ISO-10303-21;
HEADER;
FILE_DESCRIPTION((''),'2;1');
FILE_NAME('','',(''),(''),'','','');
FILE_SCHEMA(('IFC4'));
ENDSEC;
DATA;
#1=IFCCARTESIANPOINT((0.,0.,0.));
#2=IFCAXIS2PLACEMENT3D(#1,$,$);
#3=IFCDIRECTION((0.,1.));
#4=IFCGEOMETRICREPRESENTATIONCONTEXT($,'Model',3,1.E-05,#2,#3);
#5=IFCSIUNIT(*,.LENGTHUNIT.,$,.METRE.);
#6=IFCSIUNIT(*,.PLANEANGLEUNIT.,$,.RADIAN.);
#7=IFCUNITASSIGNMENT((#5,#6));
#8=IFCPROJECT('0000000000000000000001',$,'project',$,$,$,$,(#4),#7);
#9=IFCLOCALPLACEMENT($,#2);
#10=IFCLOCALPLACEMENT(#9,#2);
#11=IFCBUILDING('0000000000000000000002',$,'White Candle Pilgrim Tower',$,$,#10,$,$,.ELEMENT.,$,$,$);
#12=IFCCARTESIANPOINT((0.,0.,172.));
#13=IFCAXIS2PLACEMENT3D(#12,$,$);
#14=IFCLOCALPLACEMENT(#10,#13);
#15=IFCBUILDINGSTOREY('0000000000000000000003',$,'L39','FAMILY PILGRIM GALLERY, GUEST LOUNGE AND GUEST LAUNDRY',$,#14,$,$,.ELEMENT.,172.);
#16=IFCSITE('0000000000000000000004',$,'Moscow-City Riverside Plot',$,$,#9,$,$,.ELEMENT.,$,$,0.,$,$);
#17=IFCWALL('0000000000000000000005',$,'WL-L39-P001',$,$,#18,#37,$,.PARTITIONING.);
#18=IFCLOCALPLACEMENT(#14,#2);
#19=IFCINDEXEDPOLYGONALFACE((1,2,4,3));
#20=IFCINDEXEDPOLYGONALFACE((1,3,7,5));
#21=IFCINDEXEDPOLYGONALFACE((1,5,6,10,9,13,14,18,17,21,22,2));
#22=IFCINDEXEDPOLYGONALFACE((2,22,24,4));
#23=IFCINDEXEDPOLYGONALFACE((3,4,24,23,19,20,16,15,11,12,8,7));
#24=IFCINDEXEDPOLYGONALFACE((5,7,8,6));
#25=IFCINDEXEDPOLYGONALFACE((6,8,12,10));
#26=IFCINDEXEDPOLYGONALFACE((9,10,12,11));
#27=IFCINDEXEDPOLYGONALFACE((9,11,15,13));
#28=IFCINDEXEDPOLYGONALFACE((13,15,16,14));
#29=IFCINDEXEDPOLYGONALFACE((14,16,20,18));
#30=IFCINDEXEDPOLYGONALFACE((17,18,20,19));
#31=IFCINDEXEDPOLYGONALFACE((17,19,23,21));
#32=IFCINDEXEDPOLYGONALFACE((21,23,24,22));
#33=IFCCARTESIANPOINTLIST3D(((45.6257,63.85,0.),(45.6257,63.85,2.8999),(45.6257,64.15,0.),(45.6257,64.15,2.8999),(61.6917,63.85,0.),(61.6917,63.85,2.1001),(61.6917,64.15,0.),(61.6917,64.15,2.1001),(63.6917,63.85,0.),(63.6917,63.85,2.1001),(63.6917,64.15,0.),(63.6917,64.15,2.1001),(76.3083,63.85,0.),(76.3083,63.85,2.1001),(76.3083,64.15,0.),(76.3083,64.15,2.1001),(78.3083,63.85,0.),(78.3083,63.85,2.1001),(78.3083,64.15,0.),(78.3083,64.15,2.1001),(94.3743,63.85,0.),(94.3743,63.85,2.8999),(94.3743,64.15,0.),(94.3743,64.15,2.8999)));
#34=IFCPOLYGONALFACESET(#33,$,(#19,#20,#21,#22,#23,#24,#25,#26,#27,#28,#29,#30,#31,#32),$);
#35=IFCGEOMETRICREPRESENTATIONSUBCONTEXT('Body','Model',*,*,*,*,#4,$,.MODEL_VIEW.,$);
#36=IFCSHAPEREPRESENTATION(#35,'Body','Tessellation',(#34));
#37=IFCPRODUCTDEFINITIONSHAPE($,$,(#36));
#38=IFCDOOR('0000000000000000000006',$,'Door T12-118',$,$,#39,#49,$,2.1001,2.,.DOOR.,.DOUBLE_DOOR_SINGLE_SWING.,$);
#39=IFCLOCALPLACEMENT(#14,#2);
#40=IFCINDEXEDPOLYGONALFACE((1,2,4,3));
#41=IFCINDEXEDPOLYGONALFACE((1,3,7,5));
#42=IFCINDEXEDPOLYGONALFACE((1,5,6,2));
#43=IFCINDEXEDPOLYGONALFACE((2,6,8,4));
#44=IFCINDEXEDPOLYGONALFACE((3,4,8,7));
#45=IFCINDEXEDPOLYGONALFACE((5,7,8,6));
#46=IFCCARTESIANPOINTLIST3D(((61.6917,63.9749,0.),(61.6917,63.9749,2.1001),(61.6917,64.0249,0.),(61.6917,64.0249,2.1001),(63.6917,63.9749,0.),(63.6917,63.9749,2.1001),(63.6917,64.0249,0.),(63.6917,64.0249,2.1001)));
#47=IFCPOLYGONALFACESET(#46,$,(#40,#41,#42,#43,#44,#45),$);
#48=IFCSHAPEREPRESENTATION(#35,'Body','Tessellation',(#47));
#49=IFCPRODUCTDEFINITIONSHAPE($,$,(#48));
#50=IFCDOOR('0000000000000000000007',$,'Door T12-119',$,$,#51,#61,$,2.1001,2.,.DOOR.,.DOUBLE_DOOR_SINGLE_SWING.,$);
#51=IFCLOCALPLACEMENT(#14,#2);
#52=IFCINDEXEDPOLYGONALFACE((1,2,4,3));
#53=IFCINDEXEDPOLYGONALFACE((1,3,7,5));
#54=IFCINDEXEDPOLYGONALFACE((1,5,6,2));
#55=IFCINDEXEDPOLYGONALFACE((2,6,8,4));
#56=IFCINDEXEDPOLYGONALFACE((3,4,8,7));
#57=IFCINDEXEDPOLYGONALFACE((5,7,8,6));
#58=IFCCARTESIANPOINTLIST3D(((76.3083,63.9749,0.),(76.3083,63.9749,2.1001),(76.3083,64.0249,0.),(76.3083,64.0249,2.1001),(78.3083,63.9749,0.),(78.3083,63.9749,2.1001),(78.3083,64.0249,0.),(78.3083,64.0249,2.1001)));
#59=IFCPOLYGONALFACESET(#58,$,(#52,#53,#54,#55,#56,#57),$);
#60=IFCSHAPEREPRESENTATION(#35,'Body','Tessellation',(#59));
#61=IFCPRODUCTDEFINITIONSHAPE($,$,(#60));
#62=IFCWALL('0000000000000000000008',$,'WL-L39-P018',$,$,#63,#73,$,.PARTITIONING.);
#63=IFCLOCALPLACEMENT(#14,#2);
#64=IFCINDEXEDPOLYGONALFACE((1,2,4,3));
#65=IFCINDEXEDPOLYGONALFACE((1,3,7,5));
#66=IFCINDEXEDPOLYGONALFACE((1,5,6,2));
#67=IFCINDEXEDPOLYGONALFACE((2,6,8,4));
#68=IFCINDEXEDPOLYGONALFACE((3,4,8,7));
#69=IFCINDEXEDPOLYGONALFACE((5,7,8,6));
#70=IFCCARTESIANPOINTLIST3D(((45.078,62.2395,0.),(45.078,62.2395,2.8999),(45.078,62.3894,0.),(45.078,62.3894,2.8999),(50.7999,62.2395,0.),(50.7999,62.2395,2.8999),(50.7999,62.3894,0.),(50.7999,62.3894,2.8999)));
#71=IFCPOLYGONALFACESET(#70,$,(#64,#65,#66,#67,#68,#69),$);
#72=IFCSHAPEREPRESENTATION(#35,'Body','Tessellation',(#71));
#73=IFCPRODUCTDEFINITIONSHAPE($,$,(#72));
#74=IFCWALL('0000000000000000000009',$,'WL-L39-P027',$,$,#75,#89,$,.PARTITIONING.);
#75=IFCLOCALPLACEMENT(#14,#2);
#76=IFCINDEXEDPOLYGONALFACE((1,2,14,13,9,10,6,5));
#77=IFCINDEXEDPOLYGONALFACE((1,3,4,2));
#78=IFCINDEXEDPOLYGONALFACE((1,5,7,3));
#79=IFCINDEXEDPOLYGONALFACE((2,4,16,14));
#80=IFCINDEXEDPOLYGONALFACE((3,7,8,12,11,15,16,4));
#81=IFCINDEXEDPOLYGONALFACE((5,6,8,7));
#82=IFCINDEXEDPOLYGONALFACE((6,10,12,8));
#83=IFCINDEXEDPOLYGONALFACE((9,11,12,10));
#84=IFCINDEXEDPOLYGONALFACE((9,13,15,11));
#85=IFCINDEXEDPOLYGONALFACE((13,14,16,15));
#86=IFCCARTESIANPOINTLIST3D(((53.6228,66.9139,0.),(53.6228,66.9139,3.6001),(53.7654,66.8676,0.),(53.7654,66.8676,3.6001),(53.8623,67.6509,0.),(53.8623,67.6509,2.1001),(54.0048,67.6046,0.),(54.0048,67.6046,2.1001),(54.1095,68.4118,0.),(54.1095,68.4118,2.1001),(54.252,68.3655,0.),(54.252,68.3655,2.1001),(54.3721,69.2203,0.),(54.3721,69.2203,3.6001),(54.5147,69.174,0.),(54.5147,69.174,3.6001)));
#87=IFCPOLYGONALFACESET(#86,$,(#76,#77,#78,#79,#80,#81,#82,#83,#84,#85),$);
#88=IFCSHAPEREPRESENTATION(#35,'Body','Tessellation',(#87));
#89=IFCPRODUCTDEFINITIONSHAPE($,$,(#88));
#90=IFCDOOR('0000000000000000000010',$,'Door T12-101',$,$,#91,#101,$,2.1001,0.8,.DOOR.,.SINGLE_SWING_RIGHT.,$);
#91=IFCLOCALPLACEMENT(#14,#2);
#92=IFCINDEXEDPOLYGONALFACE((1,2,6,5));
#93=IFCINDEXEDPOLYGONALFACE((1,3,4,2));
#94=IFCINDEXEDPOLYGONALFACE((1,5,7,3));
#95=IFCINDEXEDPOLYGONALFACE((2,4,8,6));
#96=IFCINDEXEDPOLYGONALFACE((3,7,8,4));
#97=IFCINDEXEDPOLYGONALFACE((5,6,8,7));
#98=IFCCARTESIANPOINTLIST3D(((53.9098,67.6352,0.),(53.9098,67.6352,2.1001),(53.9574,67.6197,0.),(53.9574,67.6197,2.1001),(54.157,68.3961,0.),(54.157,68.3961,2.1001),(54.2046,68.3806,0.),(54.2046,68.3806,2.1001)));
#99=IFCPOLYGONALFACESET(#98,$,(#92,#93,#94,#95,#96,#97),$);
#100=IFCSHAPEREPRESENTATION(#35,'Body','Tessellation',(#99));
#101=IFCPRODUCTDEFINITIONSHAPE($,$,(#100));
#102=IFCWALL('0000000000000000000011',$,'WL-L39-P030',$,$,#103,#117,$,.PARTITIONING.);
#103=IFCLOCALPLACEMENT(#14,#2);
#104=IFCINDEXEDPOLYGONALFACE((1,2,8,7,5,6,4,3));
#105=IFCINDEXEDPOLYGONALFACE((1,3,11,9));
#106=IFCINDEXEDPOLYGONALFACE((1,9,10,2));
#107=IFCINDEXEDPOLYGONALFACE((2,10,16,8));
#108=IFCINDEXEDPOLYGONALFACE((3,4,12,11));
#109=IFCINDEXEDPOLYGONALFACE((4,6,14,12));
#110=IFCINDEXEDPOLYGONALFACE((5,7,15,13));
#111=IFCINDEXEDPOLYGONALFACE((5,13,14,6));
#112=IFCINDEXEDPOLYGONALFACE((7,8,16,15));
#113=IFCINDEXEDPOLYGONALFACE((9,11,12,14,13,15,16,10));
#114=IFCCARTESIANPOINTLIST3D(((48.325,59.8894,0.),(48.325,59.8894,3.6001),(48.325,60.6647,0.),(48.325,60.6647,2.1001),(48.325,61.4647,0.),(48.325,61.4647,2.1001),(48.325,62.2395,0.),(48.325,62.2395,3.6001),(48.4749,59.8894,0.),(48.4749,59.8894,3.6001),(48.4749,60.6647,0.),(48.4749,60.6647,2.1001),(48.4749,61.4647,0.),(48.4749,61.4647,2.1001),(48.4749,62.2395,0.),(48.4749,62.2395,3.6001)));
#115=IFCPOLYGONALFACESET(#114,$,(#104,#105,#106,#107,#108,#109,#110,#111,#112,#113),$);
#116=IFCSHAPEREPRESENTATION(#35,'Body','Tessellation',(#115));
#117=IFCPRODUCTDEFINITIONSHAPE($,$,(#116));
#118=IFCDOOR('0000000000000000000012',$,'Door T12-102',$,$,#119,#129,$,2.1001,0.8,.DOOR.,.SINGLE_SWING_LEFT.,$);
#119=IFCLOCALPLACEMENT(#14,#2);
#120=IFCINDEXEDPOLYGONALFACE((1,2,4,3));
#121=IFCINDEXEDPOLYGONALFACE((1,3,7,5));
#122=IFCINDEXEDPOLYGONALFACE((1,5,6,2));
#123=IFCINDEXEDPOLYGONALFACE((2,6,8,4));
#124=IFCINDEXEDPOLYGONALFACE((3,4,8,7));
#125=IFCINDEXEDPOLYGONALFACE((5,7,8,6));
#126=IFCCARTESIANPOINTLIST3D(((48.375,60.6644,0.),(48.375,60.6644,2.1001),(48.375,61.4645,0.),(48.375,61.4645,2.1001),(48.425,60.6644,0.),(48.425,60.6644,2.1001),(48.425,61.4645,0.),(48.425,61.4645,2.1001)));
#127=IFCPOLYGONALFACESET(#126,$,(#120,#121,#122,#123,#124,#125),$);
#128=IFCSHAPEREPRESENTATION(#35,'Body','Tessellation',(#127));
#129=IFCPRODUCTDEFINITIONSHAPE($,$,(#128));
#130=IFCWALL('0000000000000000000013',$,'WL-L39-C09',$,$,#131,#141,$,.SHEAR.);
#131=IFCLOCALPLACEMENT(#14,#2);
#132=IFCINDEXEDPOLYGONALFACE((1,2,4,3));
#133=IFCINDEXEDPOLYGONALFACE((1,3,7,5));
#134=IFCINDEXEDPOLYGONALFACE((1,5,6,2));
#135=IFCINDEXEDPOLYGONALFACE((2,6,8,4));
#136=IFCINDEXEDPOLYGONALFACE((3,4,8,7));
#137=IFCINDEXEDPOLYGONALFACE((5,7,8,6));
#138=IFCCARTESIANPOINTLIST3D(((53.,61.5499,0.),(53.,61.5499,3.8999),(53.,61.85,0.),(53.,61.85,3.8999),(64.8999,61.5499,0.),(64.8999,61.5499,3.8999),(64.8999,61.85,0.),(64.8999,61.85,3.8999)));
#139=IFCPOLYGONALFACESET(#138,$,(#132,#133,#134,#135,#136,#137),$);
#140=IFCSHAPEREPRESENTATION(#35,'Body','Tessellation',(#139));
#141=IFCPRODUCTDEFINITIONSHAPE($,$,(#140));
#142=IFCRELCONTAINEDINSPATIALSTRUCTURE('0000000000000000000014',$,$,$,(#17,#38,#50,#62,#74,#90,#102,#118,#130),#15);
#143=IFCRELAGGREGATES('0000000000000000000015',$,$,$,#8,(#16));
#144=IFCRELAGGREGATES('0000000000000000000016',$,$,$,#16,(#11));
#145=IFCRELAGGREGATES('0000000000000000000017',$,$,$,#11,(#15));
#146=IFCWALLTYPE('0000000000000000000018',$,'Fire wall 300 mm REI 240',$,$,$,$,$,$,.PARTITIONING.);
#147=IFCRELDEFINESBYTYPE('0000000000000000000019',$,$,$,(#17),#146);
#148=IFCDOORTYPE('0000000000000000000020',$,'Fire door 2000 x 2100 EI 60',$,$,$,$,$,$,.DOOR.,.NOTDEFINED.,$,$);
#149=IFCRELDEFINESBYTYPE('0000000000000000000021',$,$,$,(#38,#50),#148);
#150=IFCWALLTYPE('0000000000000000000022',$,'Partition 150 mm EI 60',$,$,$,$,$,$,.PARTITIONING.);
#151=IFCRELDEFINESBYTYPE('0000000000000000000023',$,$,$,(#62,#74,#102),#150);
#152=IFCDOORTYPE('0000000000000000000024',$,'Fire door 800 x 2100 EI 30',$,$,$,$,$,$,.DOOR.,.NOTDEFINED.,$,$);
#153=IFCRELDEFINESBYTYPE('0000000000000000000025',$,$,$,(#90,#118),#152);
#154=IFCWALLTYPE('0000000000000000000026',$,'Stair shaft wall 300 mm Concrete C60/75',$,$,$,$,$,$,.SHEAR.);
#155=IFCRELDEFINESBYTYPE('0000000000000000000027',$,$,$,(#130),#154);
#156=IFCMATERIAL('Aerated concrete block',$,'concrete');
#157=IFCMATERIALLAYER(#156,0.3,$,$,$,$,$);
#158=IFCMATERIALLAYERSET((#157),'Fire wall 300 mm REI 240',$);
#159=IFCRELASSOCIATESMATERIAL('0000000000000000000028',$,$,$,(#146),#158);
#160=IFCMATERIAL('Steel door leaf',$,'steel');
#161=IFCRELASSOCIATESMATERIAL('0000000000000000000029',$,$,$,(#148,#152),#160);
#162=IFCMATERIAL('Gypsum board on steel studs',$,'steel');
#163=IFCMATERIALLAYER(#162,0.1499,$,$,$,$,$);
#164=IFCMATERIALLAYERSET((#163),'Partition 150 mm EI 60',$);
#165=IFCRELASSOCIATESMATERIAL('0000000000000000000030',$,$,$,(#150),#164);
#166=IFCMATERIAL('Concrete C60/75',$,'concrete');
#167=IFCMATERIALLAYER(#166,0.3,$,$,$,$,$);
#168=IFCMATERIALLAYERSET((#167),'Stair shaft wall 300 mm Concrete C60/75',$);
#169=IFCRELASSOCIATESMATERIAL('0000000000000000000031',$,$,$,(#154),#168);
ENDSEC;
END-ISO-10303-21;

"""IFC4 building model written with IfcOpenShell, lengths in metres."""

from ifc_helpers import new_model, si_unit, direction, frame, frame_2d, origin, place, context, subcontext, project, spatial, rectangle, extrude, material, layer, layer_set, type_object, element, fill, save


model = new_model("IFC4")

# Units and contexts
model_context = context("Model", 3, precision=1e-05, world=origin(), true_north=direction((0.0, 1.0)))
body_context = subcontext(model_context, "Body", "Model", "MODEL_VIEW")
ifc_project = project(units=[si_unit("LENGTHUNIT", "METRE"), si_unit("PLANEANGLEUNIT", "RADIAN")], contexts=[model_context])

# Site, building, storey
site_placement = place(None, origin())
site = spatial("IfcSite", under=ifc_project, at=site_placement, Name="Moscow-City Riverside Plot", CompositionType="ELEMENT", RefElevation=0.0)
building_placement = place(site_placement, origin())
building = spatial("IfcBuilding", under=site, at=building_placement, Name="White Candle Pilgrim Tower", CompositionType="ELEMENT")
storey_placement = place(building_placement, frame((0.0, 0.0, 172.0)))
storey = spatial("IfcBuildingStorey", under=building, at=storey_placement, Name="L39", Description="FAMILY PILGRIM GALLERY, GUEST LOUNGE AND GUEST LAUNDRY", CompositionType="ELEMENT", Elevation=172.0)

# Shared definitions
ifc_material_1 = material(Name="Gypsum board on steel studs", Category="steel")
ifc_material_2 = material(Name="Steel door leaf", Category="steel")

# Wall, openings, doors
ifc_material_3 = material(Name="Aerated concrete block", Category="concrete")
ifc_layer_1 = layer(ifc_material_3, 0.3)
ifc_layer_set_1 = layer_set([ifc_layer_1], Name="Fire wall 300 mm REI 240")
wall_type_1 = type_object("IfcWallType", Name="Fire wall 300 mm REI 240", PredefinedType="PARTITIONING", material=ifc_layer_set_1)
wall_1_placement = place(storey_placement, frame((45.6257, 64.0, 0.0), z_axis=(0.0, 0.0, 1.0), x_axis=(1.0, 0.0, 0.0)))
wall_1 = element("IfcWall", 1, at=wall_1_placement, inside=storey, type_object=wall_type_1, Name="WL-L39-P001", PredefinedType="PARTITIONING", context=body_context, shape_type="SweptSolid", body=[
    extrude(rectangle(XDim=48.7485, YDim=0.3, at=frame_2d((24.3743, 0.0))), origin(), (0.0, 0.0, 1.0), 2.8999),
])
opening_1_placement = place(wall_1_placement, frame((16.0659, 0.0, 0.0)))
opening_1 = element("IfcOpeningElement", 2, at=opening_1_placement, cuts=wall_1, PredefinedType="OPENING", context=body_context, shape_type="SweptSolid", body=[
    extrude(rectangle(XDim=2.0, YDim=2.1001, at=frame_2d((1.0, 1.05))), frame((0.0, 0.1599, 0.0), z_axis=(0.0, -1.0, 0.0), x_axis=(1.0, 0.0, 0.0)), (0.0, 0.0, 1.0), 0.3201),
])
opening_2_placement = place(wall_1_placement, frame((30.6826, 0.0, 0.0)))
opening_2 = element("IfcOpeningElement", 3, at=opening_2_placement, cuts=wall_1, PredefinedType="OPENING", context=body_context, shape_type="SweptSolid", body=[
    extrude(rectangle(XDim=2.0, YDim=2.1001, at=frame_2d((1.0, 1.05))), frame((0.0, 0.1599, 0.0), z_axis=(0.0, -1.0, 0.0), x_axis=(1.0, 0.0, 0.0)), (0.0, 0.0, 1.0), 0.3201),
])
door_type_1 = type_object("IfcDoorType", Name="Fire door 2000 x 2100 EI 60", OperationType="NOTDEFINED", PredefinedType="DOOR", material=ifc_material_2)
door_1_placement = place(opening_1_placement, origin())
door_1 = element("IfcDoor", 4, at=door_1_placement, inside=storey, type_object=door_type_1, Name="Door T12-118", OperationType="DOUBLE_DOOR_SINGLE_SWING", OverallHeight=2.1001, OverallWidth=2.0, PredefinedType="DOOR", context=body_context, shape_type="SweptSolid", body=[
    extrude(rectangle(XDim=2.0, YDim=2.1001, at=frame_2d((1.0, 1.05))), frame((0.0, 0.0249, 0.0), z_axis=(0.0, -1.0, 0.0), x_axis=(1.0, 0.0, 0.0)), (0.0, 0.0, 1.0), 0.05),
])
fill(opening_1, door_1)
door_2_placement = place(opening_2_placement, origin())
door_2 = element("IfcDoor", 5, at=door_2_placement, inside=storey, type_object=door_type_1, Name="Door T12-119", OperationType="DOUBLE_DOOR_SINGLE_SWING", OverallHeight=2.1001, OverallWidth=2.0, PredefinedType="DOOR", context=body_context, shape_type="SweptSolid", body=[
    extrude(rectangle(XDim=2.0, YDim=2.1001, at=frame_2d((1.0, 1.05))), frame((0.0, 0.0249, 0.0), z_axis=(0.0, -1.0, 0.0), x_axis=(1.0, 0.0, 0.0)), (0.0, 0.0, 1.0), 0.05),
])
fill(opening_2, door_2)

# Wall
ifc_layer_2 = layer(ifc_material_1, 0.1499)
ifc_layer_set_2 = layer_set([ifc_layer_2], Name="Partition 150 mm EI 60")
wall_type_2 = type_object("IfcWallType", Name="Partition 150 mm EI 60", PredefinedType="PARTITIONING", material=ifc_layer_set_2)
wall_2_placement = place(storey_placement, frame((45.0781, 62.3145, 0.0), z_axis=(0.0, 0.0, 1.0), x_axis=(1.0, 0.0, 0.0)))
element("IfcWall", 6, at=wall_2_placement, inside=storey, type_object=wall_type_2, Name="WL-L39-P018", PredefinedType="PARTITIONING", context=body_context, shape_type="SweptSolid", body=[
    extrude(rectangle(XDim=5.7219, YDim=0.1499, at=frame_2d((2.8608, 0.0))), origin(), (0.0, 0.0, 1.0), 2.8999),
])

# Walls, openings, doors
wall_3_placement = place(storey_placement, frame((54.4434, 69.197, 0.0), z_axis=(0.0, 0.0, 1.0), x_axis=(-0.30897, -0.951072, 0.0)))
wall_3 = element("IfcWall", 7, at=wall_3_placement, inside=storey, type_object=wall_type_2, Name="WL-L39-P027", PredefinedType="PARTITIONING", context=body_context, shape_type="SweptSolid", body=[
    extrude(rectangle(XDim=2.425, YDim=0.1499, at=frame_2d((1.2124, 0.0))), origin(), (0.0, 0.0, 1.0), 3.6001),
])
opening_3_placement = place(wall_3_placement, frame((0.8501, 0.0, 0.0)))
opening_3 = element("IfcOpeningElement", 8, at=opening_3_placement, cuts=wall_3, PredefinedType="OPENING", context=body_context, shape_type="SweptSolid", body=[
    extrude(rectangle(XDim=0.8, YDim=2.1001, at=frame_2d((0.3999, 1.05))), frame((0.0, 0.085, 0.0), z_axis=(0.0, -1.0, 0.0), x_axis=(1.0, 0.0, 0.0)), (0.0, 0.0, 1.0), 0.1699),
])
door_type_2 = type_object("IfcDoorType", Name="Fire door 800 x 2100 EI 30", OperationType="NOTDEFINED", PredefinedType="DOOR", material=ifc_material_2)
door_3_placement = place(opening_3_placement, frame((0.8, 0.0, 0.0), z_axis=(0.0, 0.0, 1.0), x_axis=(-1.0, 0.0, 0.0)))
door_3 = element("IfcDoor", 9, at=door_3_placement, inside=storey, type_object=door_type_2, Name="Door T12-101", OperationType="SINGLE_SWING_RIGHT", OverallHeight=2.1001, OverallWidth=0.8, PredefinedType="DOOR", context=body_context, shape_type="SweptSolid", body=[
    extrude(rectangle(XDim=0.8, YDim=2.1001, at=frame_2d((0.3999, 1.05))), frame((0.0, 0.0249, 0.0), z_axis=(0.0, -1.0, 0.0), x_axis=(1.0, 0.0, 0.0)), (0.0, 0.0, 1.0), 0.05),
])
fill(opening_3, door_3)
wall_4_placement = place(storey_placement, frame((48.3999, 62.2395, 0.0), z_axis=(0.0, 0.0, 1.0), x_axis=(0.0, -1.0, 0.0)))
wall_4 = element("IfcWall", 10, at=wall_4_placement, inside=storey, type_object=wall_type_2, Name="WL-L39-P030", PredefinedType="PARTITIONING", context=body_context, shape_type="SweptSolid", body=[
    extrude(rectangle(XDim=2.3501, YDim=0.1499, at=frame_2d((1.175, 0.0))), origin(), (0.0, 0.0, 1.0), 3.6001),
])
opening_4_placement = place(wall_4_placement, frame((0.7749, 0.0, 0.0)))
opening_4 = element("IfcOpeningElement", 11, at=opening_4_placement, cuts=wall_4, PredefinedType="OPENING", context=body_context, shape_type="SweptSolid", body=[
    extrude(rectangle(XDim=0.8, YDim=2.1001, at=frame_2d((0.3999, 1.05))), frame((0.0, 0.085, 0.0), z_axis=(0.0, -1.0, 0.0), x_axis=(1.0, 0.0, 0.0)), (0.0, 0.0, 1.0), 0.1699),
])
door_4_placement = place(opening_4_placement, frame((0.8, 0.0, 0.0), z_axis=(0.0, 0.0, 1.0), x_axis=(-1.0, 0.0, 0.0)))
door_4 = element("IfcDoor", 12, at=door_4_placement, inside=storey, type_object=door_type_2, Name="Door T12-102", OperationType="SINGLE_SWING_LEFT", OverallHeight=2.1001, OverallWidth=0.8, PredefinedType="DOOR", context=body_context, shape_type="SweptSolid", body=[
    extrude(rectangle(XDim=0.8, YDim=2.1001, at=frame_2d((0.3999, 1.05))), frame((0.0, 0.0249, 0.0), z_axis=(0.0, -1.0, 0.0), x_axis=(1.0, 0.0, 0.0)), (0.0, 0.0, 1.0), 0.05),
])
fill(opening_4, door_4)

# Wall
ifc_material_4 = material(Name="Concrete C60/75", Category="concrete")
ifc_layer_3 = layer(ifc_material_4, 0.3)
ifc_layer_set_3 = layer_set([ifc_layer_3], Name="Stair shaft wall 300 mm Concrete C60/75")
wall_type_3 = type_object("IfcWallType", Name="Stair shaft wall 300 mm Concrete C60/75", PredefinedType="SHEAR", material=ifc_layer_set_3)
wall_5_placement = place(storey_placement, frame((53.0, 61.7, 0.0), z_axis=(0.0, 0.0, 1.0), x_axis=(1.0, 0.0, 0.0)))
element("IfcWall", 13, at=wall_5_placement, inside=storey, type_object=wall_type_3, Name="WL-L39-C09", PredefinedType="SHEAR", context=body_context, shape_type="SweptSolid", body=[
    extrude(rectangle(XDim=11.8999, YDim=0.3, at=frame_2d((5.95, 0.0))), origin(), (0.0, 0.0, 1.0), 3.8999),
])

save(model, "model.ifc")
